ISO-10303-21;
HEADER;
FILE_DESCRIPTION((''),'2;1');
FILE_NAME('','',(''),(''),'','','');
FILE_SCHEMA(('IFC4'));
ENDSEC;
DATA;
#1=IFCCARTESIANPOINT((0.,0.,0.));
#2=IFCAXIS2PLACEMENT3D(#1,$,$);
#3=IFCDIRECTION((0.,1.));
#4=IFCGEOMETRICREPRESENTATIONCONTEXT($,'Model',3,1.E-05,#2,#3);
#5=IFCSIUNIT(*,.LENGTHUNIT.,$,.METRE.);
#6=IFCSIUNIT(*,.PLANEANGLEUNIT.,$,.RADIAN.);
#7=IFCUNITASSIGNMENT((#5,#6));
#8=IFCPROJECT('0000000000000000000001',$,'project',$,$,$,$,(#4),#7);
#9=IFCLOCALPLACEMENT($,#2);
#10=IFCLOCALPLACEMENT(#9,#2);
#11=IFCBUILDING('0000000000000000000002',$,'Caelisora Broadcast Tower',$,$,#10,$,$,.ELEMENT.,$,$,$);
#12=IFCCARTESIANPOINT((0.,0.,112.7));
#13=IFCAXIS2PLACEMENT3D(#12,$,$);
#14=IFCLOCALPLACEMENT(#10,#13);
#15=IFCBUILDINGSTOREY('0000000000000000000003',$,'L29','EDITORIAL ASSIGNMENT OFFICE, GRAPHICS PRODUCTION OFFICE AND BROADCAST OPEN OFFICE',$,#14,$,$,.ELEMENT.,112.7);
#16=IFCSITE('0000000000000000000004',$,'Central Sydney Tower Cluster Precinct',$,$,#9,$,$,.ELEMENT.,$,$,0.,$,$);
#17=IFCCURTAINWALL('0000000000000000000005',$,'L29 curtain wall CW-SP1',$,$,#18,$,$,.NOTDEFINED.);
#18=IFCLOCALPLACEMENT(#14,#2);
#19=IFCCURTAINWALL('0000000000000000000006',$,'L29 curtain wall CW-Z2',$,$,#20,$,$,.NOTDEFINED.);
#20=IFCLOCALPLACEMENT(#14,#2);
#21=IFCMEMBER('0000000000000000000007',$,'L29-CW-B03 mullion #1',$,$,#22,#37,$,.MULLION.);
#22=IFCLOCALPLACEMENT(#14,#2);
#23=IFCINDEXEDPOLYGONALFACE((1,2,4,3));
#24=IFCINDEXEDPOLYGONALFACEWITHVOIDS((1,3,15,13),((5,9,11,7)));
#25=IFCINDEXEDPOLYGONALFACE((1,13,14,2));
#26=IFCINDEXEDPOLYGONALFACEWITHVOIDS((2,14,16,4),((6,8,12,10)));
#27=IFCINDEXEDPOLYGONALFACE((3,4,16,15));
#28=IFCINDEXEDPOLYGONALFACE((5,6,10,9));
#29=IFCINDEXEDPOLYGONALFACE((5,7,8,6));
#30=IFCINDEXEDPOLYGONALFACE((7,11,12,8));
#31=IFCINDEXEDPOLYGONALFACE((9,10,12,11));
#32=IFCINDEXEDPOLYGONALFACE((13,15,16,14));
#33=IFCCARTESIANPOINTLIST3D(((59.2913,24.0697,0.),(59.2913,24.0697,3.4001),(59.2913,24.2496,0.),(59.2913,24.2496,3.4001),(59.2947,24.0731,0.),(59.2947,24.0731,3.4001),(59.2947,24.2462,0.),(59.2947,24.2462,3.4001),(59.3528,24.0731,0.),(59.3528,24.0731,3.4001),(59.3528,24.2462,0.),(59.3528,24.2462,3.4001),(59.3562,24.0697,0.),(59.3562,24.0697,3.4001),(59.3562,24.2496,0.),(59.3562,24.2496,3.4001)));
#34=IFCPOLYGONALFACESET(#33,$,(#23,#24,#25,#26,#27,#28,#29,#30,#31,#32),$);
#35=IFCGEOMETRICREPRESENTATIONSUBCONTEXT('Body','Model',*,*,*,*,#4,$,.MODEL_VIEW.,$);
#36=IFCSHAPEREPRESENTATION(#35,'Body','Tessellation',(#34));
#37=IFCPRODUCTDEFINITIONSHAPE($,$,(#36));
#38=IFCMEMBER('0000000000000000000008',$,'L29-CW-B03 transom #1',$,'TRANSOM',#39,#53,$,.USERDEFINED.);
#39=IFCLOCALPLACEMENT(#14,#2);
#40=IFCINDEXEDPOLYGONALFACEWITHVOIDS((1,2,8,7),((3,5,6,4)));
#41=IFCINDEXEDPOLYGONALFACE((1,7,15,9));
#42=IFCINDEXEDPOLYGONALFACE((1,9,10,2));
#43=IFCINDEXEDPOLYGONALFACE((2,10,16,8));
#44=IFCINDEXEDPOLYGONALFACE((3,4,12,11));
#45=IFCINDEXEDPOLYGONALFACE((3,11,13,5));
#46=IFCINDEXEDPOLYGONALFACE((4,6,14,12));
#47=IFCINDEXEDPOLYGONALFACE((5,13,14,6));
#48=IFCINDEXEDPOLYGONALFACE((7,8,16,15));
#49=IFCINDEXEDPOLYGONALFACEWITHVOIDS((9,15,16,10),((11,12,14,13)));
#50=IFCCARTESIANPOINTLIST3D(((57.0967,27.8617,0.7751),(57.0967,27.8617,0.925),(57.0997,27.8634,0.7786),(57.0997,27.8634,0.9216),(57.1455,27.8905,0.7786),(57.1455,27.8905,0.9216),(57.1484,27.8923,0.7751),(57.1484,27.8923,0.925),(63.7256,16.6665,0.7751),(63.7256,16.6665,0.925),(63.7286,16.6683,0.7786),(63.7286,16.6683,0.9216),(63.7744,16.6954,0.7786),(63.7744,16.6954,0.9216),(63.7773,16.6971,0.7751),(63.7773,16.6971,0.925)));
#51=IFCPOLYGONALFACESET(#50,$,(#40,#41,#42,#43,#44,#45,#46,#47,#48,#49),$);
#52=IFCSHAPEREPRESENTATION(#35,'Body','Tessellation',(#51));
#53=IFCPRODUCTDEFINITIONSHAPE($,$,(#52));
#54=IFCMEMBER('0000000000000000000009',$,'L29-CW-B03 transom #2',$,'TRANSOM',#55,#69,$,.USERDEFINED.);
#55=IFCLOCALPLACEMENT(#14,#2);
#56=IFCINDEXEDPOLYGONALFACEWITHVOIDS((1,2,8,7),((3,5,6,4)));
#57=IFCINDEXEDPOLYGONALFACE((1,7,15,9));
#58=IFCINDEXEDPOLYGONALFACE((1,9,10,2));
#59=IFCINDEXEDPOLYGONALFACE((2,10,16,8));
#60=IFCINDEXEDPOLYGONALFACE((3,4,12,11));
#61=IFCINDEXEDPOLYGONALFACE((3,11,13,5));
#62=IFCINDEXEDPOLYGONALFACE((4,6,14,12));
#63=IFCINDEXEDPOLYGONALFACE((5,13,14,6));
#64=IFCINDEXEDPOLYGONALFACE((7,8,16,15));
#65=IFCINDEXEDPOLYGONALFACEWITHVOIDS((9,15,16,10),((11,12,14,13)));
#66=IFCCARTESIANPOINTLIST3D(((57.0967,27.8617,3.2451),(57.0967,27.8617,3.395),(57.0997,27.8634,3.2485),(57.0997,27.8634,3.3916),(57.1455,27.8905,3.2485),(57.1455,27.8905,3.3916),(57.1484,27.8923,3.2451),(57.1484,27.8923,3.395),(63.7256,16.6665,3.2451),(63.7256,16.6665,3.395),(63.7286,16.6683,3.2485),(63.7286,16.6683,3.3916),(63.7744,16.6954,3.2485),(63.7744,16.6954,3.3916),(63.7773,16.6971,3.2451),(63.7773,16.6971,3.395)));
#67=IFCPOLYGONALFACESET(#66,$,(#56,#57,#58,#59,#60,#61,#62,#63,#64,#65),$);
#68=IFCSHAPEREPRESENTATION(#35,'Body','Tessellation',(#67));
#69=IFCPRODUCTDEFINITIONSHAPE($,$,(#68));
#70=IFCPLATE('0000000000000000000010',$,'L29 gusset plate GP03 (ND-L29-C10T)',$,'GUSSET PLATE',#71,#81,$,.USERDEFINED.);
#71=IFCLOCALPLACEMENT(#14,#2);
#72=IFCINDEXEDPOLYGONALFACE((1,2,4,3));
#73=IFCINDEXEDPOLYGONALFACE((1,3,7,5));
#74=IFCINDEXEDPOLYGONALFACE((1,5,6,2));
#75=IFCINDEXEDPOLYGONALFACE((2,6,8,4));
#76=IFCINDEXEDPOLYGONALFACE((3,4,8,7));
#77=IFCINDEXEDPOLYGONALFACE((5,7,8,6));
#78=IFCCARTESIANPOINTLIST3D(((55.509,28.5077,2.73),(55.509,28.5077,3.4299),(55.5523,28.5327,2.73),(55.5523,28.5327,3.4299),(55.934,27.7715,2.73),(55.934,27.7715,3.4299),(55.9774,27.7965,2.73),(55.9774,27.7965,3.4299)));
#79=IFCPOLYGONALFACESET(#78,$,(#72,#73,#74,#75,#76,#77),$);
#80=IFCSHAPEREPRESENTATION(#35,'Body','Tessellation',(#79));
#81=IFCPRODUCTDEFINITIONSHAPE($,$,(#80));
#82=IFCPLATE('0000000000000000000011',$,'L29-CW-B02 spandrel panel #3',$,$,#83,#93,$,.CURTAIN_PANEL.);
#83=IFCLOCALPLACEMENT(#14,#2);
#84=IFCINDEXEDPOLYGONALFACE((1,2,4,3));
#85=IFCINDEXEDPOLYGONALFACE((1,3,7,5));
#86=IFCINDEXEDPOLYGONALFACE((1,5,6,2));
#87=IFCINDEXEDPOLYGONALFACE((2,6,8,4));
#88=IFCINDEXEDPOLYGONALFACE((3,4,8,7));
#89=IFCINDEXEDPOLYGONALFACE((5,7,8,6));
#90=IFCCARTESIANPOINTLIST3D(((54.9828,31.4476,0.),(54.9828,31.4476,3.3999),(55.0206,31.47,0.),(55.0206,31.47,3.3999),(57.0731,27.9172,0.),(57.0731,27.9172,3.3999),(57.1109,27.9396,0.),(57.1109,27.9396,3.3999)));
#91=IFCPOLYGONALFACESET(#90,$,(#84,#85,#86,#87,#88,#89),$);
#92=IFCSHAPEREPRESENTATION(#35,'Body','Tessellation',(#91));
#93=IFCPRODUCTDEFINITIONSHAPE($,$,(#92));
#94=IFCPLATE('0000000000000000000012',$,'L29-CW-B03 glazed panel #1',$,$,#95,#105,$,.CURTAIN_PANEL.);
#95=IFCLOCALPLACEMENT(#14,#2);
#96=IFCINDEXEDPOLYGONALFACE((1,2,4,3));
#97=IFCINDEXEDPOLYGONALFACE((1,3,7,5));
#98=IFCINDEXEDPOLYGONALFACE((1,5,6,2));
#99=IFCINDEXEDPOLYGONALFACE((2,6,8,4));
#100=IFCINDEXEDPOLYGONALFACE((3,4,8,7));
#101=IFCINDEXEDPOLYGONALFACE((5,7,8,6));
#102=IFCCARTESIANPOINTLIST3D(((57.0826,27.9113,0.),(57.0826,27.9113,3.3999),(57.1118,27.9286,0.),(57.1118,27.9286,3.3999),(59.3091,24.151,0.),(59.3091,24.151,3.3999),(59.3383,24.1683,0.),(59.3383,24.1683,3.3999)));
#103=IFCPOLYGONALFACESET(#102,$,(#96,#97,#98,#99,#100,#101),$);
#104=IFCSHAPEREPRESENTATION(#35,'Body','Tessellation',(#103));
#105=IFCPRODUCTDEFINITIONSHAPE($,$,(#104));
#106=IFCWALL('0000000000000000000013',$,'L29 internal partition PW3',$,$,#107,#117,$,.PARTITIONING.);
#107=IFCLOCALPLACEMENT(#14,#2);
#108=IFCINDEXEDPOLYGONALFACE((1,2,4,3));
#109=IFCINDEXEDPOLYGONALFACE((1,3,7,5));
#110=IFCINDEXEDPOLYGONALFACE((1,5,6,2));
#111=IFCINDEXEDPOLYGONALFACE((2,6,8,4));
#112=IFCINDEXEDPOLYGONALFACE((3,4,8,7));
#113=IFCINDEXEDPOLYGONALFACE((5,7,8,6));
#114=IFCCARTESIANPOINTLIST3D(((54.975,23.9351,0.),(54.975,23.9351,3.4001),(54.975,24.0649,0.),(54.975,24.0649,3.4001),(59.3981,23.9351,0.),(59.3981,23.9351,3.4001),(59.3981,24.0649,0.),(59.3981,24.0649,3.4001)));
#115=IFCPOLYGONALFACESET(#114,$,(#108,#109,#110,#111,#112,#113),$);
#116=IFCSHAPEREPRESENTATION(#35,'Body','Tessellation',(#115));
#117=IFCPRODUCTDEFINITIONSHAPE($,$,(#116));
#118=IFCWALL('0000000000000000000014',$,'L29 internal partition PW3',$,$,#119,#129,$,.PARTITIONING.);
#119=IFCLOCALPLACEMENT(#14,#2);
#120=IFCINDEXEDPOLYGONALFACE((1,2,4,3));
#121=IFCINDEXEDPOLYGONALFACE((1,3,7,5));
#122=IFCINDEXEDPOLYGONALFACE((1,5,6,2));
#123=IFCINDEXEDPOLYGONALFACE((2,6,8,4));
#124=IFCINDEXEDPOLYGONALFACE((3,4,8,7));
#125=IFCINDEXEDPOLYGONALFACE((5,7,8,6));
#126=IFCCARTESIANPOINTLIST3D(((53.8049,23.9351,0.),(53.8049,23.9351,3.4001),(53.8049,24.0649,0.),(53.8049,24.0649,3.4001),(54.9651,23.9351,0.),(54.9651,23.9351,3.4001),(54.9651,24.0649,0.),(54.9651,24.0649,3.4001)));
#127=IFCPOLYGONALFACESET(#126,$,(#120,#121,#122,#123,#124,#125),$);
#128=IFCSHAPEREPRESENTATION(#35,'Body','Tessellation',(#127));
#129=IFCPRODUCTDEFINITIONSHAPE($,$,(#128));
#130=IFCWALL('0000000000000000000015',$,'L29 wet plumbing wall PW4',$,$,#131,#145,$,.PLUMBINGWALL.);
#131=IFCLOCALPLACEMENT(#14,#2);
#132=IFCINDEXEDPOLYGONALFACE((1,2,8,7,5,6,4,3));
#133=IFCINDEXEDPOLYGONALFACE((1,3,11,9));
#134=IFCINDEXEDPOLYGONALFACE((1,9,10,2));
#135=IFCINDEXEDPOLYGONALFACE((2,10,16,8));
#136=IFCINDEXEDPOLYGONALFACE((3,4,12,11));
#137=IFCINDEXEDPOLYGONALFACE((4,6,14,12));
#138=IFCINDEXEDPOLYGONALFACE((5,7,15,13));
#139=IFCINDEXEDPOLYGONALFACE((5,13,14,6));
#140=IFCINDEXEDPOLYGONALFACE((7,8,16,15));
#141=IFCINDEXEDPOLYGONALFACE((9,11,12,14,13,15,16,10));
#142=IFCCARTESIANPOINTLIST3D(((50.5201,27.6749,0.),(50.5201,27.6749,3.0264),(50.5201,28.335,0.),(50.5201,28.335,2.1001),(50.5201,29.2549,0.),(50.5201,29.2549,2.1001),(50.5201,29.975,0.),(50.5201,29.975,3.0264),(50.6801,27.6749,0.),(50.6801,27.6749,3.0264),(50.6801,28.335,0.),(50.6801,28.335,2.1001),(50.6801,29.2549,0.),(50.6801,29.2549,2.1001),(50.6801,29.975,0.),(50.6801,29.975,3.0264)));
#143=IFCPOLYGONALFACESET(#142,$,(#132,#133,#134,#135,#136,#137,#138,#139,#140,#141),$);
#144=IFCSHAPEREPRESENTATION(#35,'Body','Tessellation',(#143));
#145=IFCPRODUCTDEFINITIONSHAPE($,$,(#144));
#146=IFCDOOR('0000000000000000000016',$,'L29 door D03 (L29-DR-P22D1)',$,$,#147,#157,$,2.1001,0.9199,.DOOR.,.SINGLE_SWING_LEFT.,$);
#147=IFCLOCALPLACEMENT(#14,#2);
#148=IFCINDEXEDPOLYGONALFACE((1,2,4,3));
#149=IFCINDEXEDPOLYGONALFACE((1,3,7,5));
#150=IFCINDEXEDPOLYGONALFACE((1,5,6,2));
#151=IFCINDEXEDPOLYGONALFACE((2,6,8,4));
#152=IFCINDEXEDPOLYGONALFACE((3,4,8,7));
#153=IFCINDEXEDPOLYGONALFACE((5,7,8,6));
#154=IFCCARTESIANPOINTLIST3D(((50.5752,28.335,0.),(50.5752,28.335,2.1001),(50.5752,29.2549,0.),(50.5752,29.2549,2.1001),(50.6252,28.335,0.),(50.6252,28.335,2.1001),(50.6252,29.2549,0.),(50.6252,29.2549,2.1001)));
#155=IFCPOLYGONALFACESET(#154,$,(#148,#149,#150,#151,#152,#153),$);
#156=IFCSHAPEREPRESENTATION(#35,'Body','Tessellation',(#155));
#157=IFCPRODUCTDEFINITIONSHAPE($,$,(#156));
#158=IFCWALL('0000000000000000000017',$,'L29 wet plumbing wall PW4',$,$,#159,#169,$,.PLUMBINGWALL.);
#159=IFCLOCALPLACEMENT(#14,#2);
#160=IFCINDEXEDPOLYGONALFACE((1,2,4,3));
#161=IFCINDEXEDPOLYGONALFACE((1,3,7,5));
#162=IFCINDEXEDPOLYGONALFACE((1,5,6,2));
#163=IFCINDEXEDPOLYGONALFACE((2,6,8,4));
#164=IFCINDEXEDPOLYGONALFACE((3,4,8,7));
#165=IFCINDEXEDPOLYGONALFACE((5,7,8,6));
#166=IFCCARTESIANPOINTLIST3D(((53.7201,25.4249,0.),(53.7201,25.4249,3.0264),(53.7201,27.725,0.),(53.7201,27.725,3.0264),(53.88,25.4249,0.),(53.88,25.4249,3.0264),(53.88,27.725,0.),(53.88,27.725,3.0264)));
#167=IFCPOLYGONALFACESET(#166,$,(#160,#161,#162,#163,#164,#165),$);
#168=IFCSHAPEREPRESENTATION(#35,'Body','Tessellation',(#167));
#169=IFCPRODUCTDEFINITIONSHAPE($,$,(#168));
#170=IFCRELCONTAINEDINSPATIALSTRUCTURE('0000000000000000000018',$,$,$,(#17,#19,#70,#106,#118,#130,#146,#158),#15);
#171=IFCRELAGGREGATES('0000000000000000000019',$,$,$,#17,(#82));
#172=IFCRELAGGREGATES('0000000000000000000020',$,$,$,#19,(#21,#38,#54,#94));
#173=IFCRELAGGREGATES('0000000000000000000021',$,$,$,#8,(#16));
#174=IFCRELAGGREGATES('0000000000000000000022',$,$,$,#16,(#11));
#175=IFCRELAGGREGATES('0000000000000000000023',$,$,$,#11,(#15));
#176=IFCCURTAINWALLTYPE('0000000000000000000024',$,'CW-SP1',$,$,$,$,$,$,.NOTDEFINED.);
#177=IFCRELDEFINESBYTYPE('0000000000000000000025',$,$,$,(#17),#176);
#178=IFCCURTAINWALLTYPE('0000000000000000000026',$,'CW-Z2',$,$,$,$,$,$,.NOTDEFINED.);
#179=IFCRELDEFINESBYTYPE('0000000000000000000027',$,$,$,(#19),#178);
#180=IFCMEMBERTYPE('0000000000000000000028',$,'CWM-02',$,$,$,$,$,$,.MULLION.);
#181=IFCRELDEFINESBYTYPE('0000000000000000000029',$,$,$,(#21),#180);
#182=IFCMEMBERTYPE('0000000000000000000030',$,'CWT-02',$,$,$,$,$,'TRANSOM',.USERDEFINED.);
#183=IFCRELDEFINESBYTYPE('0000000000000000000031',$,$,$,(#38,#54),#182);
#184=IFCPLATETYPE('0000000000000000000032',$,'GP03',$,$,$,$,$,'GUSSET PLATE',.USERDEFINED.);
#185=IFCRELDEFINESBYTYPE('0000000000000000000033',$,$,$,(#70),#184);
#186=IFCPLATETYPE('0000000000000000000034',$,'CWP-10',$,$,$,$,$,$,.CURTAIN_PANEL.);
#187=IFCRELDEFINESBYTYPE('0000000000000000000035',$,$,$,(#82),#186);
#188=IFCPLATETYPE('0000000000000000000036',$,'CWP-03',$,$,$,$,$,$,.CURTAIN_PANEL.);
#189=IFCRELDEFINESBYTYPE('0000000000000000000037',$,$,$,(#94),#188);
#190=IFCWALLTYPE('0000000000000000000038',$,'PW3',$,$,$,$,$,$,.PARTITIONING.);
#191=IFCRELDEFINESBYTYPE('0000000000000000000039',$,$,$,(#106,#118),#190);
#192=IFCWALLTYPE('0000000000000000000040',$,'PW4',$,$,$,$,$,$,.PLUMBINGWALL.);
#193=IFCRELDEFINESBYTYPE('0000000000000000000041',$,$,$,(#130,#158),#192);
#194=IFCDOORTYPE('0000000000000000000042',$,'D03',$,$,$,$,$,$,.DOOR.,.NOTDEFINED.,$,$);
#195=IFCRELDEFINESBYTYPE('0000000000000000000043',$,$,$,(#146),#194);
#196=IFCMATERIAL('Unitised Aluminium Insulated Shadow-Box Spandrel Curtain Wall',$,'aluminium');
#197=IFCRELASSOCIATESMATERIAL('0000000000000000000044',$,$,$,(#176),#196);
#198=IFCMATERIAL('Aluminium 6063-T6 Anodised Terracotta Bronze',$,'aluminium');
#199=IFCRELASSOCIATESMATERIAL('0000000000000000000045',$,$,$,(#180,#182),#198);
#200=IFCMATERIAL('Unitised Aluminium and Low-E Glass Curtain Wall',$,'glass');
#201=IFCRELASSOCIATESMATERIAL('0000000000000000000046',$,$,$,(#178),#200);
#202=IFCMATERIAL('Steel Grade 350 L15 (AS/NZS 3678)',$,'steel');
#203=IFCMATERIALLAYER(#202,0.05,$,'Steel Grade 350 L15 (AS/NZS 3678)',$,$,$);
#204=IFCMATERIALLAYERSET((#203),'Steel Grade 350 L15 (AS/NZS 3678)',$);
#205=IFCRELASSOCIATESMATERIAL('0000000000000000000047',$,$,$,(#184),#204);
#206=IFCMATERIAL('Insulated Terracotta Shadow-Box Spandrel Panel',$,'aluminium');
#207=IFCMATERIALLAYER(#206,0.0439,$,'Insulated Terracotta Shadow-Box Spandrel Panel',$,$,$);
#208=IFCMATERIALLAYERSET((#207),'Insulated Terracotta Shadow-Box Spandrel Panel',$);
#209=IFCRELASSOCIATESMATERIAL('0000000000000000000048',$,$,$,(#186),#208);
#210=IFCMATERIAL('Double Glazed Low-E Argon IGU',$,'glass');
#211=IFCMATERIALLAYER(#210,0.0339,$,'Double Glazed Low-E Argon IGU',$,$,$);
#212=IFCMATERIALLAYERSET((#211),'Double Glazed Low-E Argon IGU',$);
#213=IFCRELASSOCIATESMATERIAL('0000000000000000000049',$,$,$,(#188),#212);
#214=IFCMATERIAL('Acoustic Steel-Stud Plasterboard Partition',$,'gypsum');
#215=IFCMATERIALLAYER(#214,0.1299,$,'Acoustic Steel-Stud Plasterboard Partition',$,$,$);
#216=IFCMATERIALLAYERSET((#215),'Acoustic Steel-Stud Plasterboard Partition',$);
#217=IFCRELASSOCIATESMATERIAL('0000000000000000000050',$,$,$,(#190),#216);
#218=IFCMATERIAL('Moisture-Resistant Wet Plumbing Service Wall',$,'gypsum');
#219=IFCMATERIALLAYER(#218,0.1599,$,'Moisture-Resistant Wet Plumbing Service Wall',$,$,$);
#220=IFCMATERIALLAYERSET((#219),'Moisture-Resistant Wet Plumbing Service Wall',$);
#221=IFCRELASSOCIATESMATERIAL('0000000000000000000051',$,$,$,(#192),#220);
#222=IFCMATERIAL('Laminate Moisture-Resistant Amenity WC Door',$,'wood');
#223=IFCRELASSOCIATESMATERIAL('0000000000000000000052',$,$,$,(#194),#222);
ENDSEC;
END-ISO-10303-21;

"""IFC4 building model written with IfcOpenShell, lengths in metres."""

from ifc_helpers import new_model, si_unit, direction, frame, frame_2d, origin, origin_2d, place, context, subcontext, project, spatial, rectangle, hollow_rectangle, extrude, source, transform, mapped, material, layer, layer_set, material_profile, profile_set, type_object, type_shapes, element, fill, aggregate, save


model = new_model("IFC4")

# Units and contexts
model_context = context("Model", 3, precision=1e-05, world=origin(), true_north=direction((0.0, 1.0)))
body_context = subcontext(model_context, "Body", "Model", "MODEL_VIEW")
ifc_project = project(units=[si_unit("LENGTHUNIT", "METRE"), si_unit("PLANEANGLEUNIT", "RADIAN")], contexts=[model_context])

# Site, building, storey
site_placement = place(None, origin())
site = spatial("IfcSite", under=ifc_project, at=site_placement, Name="Central Sydney Tower Cluster Precinct", CompositionType="ELEMENT", RefElevation=0.0)
building_placement = place(site_placement, origin())
building = spatial("IfcBuilding", under=site, at=building_placement, Name="Caelisora Broadcast Tower", CompositionType="ELEMENT")
storey_placement = place(building_placement, frame((0.0, 0.0, 112.7)))
storey = spatial("IfcBuildingStorey", under=building, at=storey_placement, Name="L29", Description="EDITORIAL ASSIGNMENT OFFICE, GRAPHICS PRODUCTION OFFICE AND BROADCAST OPEN OFFICE", CompositionType="ELEMENT", Elevation=112.7)

# Shared definitions
ifc_material_1 = material(Name="Steel Grade 350 L15 (AS/NZS 3678)", Category="steel")

# Curtain wall
ifc_material_2 = material(Name="Unitised Aluminium Insulated Shadow-Box Spandrel Curtain Wall", Category="aluminium")
curtain_wall_type_1 = type_object("IfcCurtainWallType", Name="CW-SP1", PredefinedType="NOTDEFINED", material=ifc_material_2)
curtain_wall_1_placement = place(storey_placement, origin())
curtain_wall_1 = element("IfcCurtainWall", 1, at=curtain_wall_1_placement, inside=storey, type_object=curtain_wall_type_1, Name="L29 curtain wall CW-SP1", PredefinedType="NOTDEFINED")
ifc_material_3 = material(Name="Aluminium 6063-T6 Anodised Terracotta Bronze", Category="aluminium")
ifc_material_profile_1 = material_profile(ifc_material_3, hollow_rectangle(XDim=0.0649, YDim=0.1799, WallThickness=0.0034, at=origin_2d()), Name="Aluminium 6063-T6 Anodised Terracotta Bronze")
ifc_profile_set_1 = profile_set([ifc_material_profile_1], Name="Aluminium 6063-T6 Anodised Terracotta Bronze")
member_type_1 = type_object("IfcMemberType", Name="CWM-02", PredefinedType="MULLION", material=ifc_profile_set_1)
shared_shape_1 = source(origin(), body_context, "Body", "SweptSolid", [
    extrude(hollow_rectangle(XDim=0.0649, YDim=0.1799, WallThickness=0.0034, at=origin_2d()), origin(), (0.0, 0.0, 1.0), 3.4001),
])
type_shapes(member_type_1, [shared_shape_1])

# Curtain wall, members
ifc_material_4 = material(Name="Unitised Aluminium and Low-E Glass Curtain Wall", Category="glass")
curtain_wall_type_2 = type_object("IfcCurtainWallType", Name="CW-Z2", PredefinedType="NOTDEFINED", material=ifc_material_4)
curtain_wall_2_placement = place(storey_placement, origin())
curtain_wall_2 = element("IfcCurtainWall", 2, at=curtain_wall_2_placement, inside=storey, type_object=curtain_wall_type_2, Name="L29 curtain wall CW-Z2", PredefinedType="NOTDEFINED")
member_1_placement = place(storey_placement, frame((59.3237, 24.1597, 0.0), z_axis=(0.0, 0.0, 1.0), x_axis=(1.0, 0.0, 0.0)))
member_1 = element("IfcMember", 3, at=member_1_placement, type_object=member_type_1, Name="L29-CW-B03 mullion #1", PredefinedType="MULLION", context=body_context, shape_type="MappedRepresentation", body=[
    mapped(shared_shape_1, transform((0.0, 0.0, 0.0), scale=1.0)),
])
ifc_material_profile_2 = material_profile(ifc_material_3, hollow_rectangle(XDim=0.0601, YDim=0.1499, WallThickness=0.0034, at=origin_2d()), Name="Aluminium 6063-T6 Anodised Terracotta Bronze")
ifc_profile_set_2 = profile_set([ifc_material_profile_2], Name="Aluminium 6063-T6 Anodised Terracotta Bronze")
member_type_2 = type_object("IfcMemberType", Name="CWT-02", ElementType="TRANSOM", PredefinedType="USERDEFINED", material=ifc_profile_set_2)
shared_shape_2 = source(origin(), body_context, "Body", "SweptSolid", [
    extrude(hollow_rectangle(XDim=0.0601, YDim=0.1499, WallThickness=0.0034, at=origin_2d()), origin(), (0.0, 0.0, 1.0), 13.0105),
])
type_shapes(member_type_2, [shared_shape_2])
member_2_placement = place(storey_placement, frame((57.1226, 27.877, 0.8501), z_axis=(0.509506, -0.860467, 0.0), x_axis=(0.860467, 0.509506, 0.0)))
member_2 = element("IfcMember", 4, at=member_2_placement, type_object=member_type_2, Name="L29-CW-B03 transom #1", ObjectType="TRANSOM", PredefinedType="USERDEFINED", context=body_context, shape_type="MappedRepresentation", body=[
    mapped(shared_shape_2, transform((0.0, 0.0, 0.0), scale=1.0)),
])
member_3_placement = place(storey_placement, frame((57.1226, 27.877, 3.3201), z_axis=(0.509506, -0.860467, 0.0), x_axis=(0.860467, 0.509506, 0.0)))
member_3 = element("IfcMember", 5, at=member_3_placement, type_object=member_type_2, Name="L29-CW-B03 transom #2", ObjectType="TRANSOM", PredefinedType="USERDEFINED", context=body_context, shape_type="MappedRepresentation", body=[
    mapped(shared_shape_2, transform((0.0, 0.0, 0.0), scale=1.0)),
])

# Plates
ifc_layer_1 = layer(ifc_material_1, 0.05, Name="Steel Grade 350 L15 (AS/NZS 3678)")
ifc_layer_set_1 = layer_set([ifc_layer_1], Name="Steel Grade 350 L15 (AS/NZS 3678)")
plate_type_1 = type_object("IfcPlateType", Name="GP03", ElementType="GUSSET PLATE", PredefinedType="USERDEFINED", material=ifc_layer_set_1)
shared_shape_3 = source(origin(), body_context, "Body", "SweptSolid", [
    extrude(rectangle(XDim=0.8501, YDim=0.05, at=origin_2d()), origin(), (0.0, 0.0, 1.0), 0.7),
])
type_shapes(plate_type_1, [shared_shape_3])
plate_1_placement = place(storey_placement, frame((55.7432, 28.1521, 2.73), z_axis=(0.0, 0.0, 1.0), x_axis=(-0.5, 0.866025, 0.0)))
element("IfcPlate", 6, at=plate_1_placement, inside=storey, type_object=plate_type_1, Name="L29 gusset plate GP03 (ND-L29-C10T)", ObjectType="GUSSET PLATE", PredefinedType="USERDEFINED", context=body_context, shape_type="MappedRepresentation", body=[
    mapped(shared_shape_3, transform((0.0, 0.0, 0.0), scale=1.0)),
])
ifc_material_5 = material(Name="Insulated Terracotta Shadow-Box Spandrel Panel", Category="aluminium")
ifc_layer_2 = layer(ifc_material_5, 0.0439, Name="Insulated Terracotta Shadow-Box Spandrel Panel")
ifc_layer_set_2 = layer_set([ifc_layer_2], Name="Insulated Terracotta Shadow-Box Spandrel Panel")
plate_type_2 = type_object("IfcPlateType", Name="CWP-10", PredefinedType="CURTAIN_PANEL", material=ifc_layer_set_2)
shared_shape_4 = source(origin(), body_context, "Body", "SweptSolid", [
    extrude(rectangle(XDim=4.1028, YDim=0.0439, at=origin_2d()), origin(), (0.0, 0.0, 1.0), 3.3999),
])
type_shapes(plate_type_2, [shared_shape_4])
plate_2_placement = place(storey_placement, frame((56.0469, 29.6936, 0.0), z_axis=(0.0, 0.0, 1.0), x_axis=(0.509492, -0.860475, 0.0)))
plate_2 = element("IfcPlate", 7, at=plate_2_placement, type_object=plate_type_2, Name="L29-CW-B02 spandrel panel #3", PredefinedType="CURTAIN_PANEL", context=body_context, shape_type="MappedRepresentation", body=[
    mapped(shared_shape_4, transform((0.0, 0.0, 0.0), scale=1.0)),
])
aggregate(curtain_wall_1, [plate_2])
ifc_material_6 = material(Name="Double Glazed Low-E Argon IGU", Category="glass")
ifc_layer_3 = layer(ifc_material_6, 0.0339, Name="Double Glazed Low-E Argon IGU")
ifc_layer_set_3 = layer_set([ifc_layer_3], Name="Double Glazed Low-E Argon IGU")
plate_type_3 = type_object("IfcPlateType", Name="CWP-03", PredefinedType="CURTAIN_PANEL", material=ifc_layer_set_3)
shared_shape_5 = source(origin(), body_context, "Body", "SweptSolid", [
    extrude(rectangle(XDim=4.3701, YDim=0.0339, at=origin_2d()), origin(), (0.0, 0.0, 1.0), 3.3999),
])
type_shapes(plate_type_3, [shared_shape_5])
plate_3_placement = place(storey_placement, frame((58.2104, 26.0398, 0.0), z_axis=(0.0, 0.0, 1.0), x_axis=(0.509492, -0.860475, 0.0)))
plate_3 = element("IfcPlate", 8, at=plate_3_placement, type_object=plate_type_3, Name="L29-CW-B03 glazed panel #1", PredefinedType="CURTAIN_PANEL", context=body_context, shape_type="MappedRepresentation", body=[
    mapped(shared_shape_5, transform((0.0, 0.0, 0.0), scale=1.0)),
])
aggregate(curtain_wall_2, [member_1, member_2, member_3, plate_3])

# Walls
ifc_material_7 = material(Name="Acoustic Steel-Stud Plasterboard Partition", Category="gypsum")
ifc_layer_4 = layer(ifc_material_7, 0.1299, Name="Acoustic Steel-Stud Plasterboard Partition")
ifc_layer_set_4 = layer_set([ifc_layer_4], Name="Acoustic Steel-Stud Plasterboard Partition")
wall_type_1 = type_object("IfcWallType", Name="PW3", PredefinedType="PARTITIONING", material=ifc_layer_set_4)
wall_1_placement = place(storey_placement, frame((54.9751, 24.0, 0.0), z_axis=(0.0, 0.0, 1.0), x_axis=(1.0, 0.0, 0.0)))
element("IfcWall", 9, at=wall_1_placement, inside=storey, type_object=wall_type_1, Name="L29 internal partition PW3", PredefinedType="PARTITIONING", context=body_context, shape_type="SweptSolid", body=[
    extrude(rectangle(XDim=4.4231, YDim=0.1299, at=frame_2d((2.2114, 0.0))), origin(), (0.0, 0.0, 1.0), 3.4001),
])
wall_2_placement = place(storey_placement, frame((53.8049, 24.0, 0.0), z_axis=(0.0, 0.0, 1.0), x_axis=(1.0, 0.0, 0.0)))
element("IfcWall", 10, at=wall_2_placement, inside=storey, type_object=wall_type_1, Name="L29 internal partition PW3", PredefinedType="PARTITIONING", context=body_context, shape_type="SweptSolid", body=[
    extrude(rectangle(XDim=1.1602, YDim=0.1299, at=frame_2d((0.5801, 0.0))), origin(), (0.0, 0.0, 1.0), 3.4001),
])

# Wall, opening, door
ifc_material_8 = material(Name="Moisture-Resistant Wet Plumbing Service Wall", Category="gypsum")
ifc_layer_5 = layer(ifc_material_8, 0.1599, Name="Moisture-Resistant Wet Plumbing Service Wall")
ifc_layer_set_5 = layer_set([ifc_layer_5], Name="Moisture-Resistant Wet Plumbing Service Wall")
wall_type_2 = type_object("IfcWallType", Name="PW4", PredefinedType="PLUMBINGWALL", material=ifc_layer_set_5)
wall_3_placement = place(storey_placement, frame((50.6001, 27.675, 0.0), z_axis=(0.0, 0.0, 1.0), x_axis=(0.0, 1.0, 0.0)))
wall_3 = element("IfcWall", 11, at=wall_3_placement, inside=storey, type_object=wall_type_2, Name="L29 wet plumbing wall PW4", PredefinedType="PLUMBINGWALL", context=body_context, shape_type="SweptSolid", body=[
    extrude(rectangle(XDim=2.3, YDim=0.1599, at=frame_2d((1.1499, 0.0))), origin(), (0.0, 0.0, 1.0), 3.0264),
])
opening_1_placement = place(wall_3_placement, frame((0.6599, 0.0, 0.0)))
opening_1 = element("IfcOpeningElement", 12, at=opening_1_placement, cuts=wall_3, PredefinedType="OPENING", context=body_context, shape_type="SweptSolid", body=[
    extrude(rectangle(XDim=0.9199, YDim=2.1001, at=frame_2d((0.46, 1.05))), frame((0.0, 0.092, 0.0), z_axis=(0.0, -1.0, 0.0), x_axis=(1.0, 0.0, 0.0)), (0.0, 0.0, 1.0), 0.1838),
])
ifc_material_9 = material(Name="Laminate Moisture-Resistant Amenity WC Door", Category="wood")
door_type_1 = type_object("IfcDoorType", Name="D03", OperationType="NOTDEFINED", PredefinedType="DOOR", material=ifc_material_9)
door_1_placement = place(opening_1_placement, origin())
door_1 = element("IfcDoor", 13, at=door_1_placement, inside=storey, type_object=door_type_1, Name="L29 door D03 (L29-DR-P22D1)", OperationType="SINGLE_SWING_LEFT", OverallHeight=2.1001, OverallWidth=0.9199, PredefinedType="DOOR", context=body_context, shape_type="SweptSolid", body=[
    extrude(rectangle(XDim=0.9199, YDim=2.1001, at=frame_2d((0.46, 1.05))), frame((0.0, 0.0249, 0.0), z_axis=(0.0, -1.0, 0.0), x_axis=(1.0, 0.0, 0.0)), (0.0, 0.0, 1.0), 0.05),
])
fill(opening_1, door_1)

# Wall
wall_4_placement = place(storey_placement, frame((53.8, 25.425, 0.0), z_axis=(0.0, 0.0, 1.0), x_axis=(0.0, 1.0, 0.0)))
element("IfcWall", 14, at=wall_4_placement, inside=storey, type_object=wall_type_2, Name="L29 wet plumbing wall PW4", PredefinedType="PLUMBINGWALL", context=body_context, shape_type="SweptSolid", body=[
    extrude(rectangle(XDim=2.3, YDim=0.1599, at=frame_2d((1.1499, 0.0))), origin(), (0.0, 0.0, 1.0), 3.0264),
])

save(model, "model.ifc")
